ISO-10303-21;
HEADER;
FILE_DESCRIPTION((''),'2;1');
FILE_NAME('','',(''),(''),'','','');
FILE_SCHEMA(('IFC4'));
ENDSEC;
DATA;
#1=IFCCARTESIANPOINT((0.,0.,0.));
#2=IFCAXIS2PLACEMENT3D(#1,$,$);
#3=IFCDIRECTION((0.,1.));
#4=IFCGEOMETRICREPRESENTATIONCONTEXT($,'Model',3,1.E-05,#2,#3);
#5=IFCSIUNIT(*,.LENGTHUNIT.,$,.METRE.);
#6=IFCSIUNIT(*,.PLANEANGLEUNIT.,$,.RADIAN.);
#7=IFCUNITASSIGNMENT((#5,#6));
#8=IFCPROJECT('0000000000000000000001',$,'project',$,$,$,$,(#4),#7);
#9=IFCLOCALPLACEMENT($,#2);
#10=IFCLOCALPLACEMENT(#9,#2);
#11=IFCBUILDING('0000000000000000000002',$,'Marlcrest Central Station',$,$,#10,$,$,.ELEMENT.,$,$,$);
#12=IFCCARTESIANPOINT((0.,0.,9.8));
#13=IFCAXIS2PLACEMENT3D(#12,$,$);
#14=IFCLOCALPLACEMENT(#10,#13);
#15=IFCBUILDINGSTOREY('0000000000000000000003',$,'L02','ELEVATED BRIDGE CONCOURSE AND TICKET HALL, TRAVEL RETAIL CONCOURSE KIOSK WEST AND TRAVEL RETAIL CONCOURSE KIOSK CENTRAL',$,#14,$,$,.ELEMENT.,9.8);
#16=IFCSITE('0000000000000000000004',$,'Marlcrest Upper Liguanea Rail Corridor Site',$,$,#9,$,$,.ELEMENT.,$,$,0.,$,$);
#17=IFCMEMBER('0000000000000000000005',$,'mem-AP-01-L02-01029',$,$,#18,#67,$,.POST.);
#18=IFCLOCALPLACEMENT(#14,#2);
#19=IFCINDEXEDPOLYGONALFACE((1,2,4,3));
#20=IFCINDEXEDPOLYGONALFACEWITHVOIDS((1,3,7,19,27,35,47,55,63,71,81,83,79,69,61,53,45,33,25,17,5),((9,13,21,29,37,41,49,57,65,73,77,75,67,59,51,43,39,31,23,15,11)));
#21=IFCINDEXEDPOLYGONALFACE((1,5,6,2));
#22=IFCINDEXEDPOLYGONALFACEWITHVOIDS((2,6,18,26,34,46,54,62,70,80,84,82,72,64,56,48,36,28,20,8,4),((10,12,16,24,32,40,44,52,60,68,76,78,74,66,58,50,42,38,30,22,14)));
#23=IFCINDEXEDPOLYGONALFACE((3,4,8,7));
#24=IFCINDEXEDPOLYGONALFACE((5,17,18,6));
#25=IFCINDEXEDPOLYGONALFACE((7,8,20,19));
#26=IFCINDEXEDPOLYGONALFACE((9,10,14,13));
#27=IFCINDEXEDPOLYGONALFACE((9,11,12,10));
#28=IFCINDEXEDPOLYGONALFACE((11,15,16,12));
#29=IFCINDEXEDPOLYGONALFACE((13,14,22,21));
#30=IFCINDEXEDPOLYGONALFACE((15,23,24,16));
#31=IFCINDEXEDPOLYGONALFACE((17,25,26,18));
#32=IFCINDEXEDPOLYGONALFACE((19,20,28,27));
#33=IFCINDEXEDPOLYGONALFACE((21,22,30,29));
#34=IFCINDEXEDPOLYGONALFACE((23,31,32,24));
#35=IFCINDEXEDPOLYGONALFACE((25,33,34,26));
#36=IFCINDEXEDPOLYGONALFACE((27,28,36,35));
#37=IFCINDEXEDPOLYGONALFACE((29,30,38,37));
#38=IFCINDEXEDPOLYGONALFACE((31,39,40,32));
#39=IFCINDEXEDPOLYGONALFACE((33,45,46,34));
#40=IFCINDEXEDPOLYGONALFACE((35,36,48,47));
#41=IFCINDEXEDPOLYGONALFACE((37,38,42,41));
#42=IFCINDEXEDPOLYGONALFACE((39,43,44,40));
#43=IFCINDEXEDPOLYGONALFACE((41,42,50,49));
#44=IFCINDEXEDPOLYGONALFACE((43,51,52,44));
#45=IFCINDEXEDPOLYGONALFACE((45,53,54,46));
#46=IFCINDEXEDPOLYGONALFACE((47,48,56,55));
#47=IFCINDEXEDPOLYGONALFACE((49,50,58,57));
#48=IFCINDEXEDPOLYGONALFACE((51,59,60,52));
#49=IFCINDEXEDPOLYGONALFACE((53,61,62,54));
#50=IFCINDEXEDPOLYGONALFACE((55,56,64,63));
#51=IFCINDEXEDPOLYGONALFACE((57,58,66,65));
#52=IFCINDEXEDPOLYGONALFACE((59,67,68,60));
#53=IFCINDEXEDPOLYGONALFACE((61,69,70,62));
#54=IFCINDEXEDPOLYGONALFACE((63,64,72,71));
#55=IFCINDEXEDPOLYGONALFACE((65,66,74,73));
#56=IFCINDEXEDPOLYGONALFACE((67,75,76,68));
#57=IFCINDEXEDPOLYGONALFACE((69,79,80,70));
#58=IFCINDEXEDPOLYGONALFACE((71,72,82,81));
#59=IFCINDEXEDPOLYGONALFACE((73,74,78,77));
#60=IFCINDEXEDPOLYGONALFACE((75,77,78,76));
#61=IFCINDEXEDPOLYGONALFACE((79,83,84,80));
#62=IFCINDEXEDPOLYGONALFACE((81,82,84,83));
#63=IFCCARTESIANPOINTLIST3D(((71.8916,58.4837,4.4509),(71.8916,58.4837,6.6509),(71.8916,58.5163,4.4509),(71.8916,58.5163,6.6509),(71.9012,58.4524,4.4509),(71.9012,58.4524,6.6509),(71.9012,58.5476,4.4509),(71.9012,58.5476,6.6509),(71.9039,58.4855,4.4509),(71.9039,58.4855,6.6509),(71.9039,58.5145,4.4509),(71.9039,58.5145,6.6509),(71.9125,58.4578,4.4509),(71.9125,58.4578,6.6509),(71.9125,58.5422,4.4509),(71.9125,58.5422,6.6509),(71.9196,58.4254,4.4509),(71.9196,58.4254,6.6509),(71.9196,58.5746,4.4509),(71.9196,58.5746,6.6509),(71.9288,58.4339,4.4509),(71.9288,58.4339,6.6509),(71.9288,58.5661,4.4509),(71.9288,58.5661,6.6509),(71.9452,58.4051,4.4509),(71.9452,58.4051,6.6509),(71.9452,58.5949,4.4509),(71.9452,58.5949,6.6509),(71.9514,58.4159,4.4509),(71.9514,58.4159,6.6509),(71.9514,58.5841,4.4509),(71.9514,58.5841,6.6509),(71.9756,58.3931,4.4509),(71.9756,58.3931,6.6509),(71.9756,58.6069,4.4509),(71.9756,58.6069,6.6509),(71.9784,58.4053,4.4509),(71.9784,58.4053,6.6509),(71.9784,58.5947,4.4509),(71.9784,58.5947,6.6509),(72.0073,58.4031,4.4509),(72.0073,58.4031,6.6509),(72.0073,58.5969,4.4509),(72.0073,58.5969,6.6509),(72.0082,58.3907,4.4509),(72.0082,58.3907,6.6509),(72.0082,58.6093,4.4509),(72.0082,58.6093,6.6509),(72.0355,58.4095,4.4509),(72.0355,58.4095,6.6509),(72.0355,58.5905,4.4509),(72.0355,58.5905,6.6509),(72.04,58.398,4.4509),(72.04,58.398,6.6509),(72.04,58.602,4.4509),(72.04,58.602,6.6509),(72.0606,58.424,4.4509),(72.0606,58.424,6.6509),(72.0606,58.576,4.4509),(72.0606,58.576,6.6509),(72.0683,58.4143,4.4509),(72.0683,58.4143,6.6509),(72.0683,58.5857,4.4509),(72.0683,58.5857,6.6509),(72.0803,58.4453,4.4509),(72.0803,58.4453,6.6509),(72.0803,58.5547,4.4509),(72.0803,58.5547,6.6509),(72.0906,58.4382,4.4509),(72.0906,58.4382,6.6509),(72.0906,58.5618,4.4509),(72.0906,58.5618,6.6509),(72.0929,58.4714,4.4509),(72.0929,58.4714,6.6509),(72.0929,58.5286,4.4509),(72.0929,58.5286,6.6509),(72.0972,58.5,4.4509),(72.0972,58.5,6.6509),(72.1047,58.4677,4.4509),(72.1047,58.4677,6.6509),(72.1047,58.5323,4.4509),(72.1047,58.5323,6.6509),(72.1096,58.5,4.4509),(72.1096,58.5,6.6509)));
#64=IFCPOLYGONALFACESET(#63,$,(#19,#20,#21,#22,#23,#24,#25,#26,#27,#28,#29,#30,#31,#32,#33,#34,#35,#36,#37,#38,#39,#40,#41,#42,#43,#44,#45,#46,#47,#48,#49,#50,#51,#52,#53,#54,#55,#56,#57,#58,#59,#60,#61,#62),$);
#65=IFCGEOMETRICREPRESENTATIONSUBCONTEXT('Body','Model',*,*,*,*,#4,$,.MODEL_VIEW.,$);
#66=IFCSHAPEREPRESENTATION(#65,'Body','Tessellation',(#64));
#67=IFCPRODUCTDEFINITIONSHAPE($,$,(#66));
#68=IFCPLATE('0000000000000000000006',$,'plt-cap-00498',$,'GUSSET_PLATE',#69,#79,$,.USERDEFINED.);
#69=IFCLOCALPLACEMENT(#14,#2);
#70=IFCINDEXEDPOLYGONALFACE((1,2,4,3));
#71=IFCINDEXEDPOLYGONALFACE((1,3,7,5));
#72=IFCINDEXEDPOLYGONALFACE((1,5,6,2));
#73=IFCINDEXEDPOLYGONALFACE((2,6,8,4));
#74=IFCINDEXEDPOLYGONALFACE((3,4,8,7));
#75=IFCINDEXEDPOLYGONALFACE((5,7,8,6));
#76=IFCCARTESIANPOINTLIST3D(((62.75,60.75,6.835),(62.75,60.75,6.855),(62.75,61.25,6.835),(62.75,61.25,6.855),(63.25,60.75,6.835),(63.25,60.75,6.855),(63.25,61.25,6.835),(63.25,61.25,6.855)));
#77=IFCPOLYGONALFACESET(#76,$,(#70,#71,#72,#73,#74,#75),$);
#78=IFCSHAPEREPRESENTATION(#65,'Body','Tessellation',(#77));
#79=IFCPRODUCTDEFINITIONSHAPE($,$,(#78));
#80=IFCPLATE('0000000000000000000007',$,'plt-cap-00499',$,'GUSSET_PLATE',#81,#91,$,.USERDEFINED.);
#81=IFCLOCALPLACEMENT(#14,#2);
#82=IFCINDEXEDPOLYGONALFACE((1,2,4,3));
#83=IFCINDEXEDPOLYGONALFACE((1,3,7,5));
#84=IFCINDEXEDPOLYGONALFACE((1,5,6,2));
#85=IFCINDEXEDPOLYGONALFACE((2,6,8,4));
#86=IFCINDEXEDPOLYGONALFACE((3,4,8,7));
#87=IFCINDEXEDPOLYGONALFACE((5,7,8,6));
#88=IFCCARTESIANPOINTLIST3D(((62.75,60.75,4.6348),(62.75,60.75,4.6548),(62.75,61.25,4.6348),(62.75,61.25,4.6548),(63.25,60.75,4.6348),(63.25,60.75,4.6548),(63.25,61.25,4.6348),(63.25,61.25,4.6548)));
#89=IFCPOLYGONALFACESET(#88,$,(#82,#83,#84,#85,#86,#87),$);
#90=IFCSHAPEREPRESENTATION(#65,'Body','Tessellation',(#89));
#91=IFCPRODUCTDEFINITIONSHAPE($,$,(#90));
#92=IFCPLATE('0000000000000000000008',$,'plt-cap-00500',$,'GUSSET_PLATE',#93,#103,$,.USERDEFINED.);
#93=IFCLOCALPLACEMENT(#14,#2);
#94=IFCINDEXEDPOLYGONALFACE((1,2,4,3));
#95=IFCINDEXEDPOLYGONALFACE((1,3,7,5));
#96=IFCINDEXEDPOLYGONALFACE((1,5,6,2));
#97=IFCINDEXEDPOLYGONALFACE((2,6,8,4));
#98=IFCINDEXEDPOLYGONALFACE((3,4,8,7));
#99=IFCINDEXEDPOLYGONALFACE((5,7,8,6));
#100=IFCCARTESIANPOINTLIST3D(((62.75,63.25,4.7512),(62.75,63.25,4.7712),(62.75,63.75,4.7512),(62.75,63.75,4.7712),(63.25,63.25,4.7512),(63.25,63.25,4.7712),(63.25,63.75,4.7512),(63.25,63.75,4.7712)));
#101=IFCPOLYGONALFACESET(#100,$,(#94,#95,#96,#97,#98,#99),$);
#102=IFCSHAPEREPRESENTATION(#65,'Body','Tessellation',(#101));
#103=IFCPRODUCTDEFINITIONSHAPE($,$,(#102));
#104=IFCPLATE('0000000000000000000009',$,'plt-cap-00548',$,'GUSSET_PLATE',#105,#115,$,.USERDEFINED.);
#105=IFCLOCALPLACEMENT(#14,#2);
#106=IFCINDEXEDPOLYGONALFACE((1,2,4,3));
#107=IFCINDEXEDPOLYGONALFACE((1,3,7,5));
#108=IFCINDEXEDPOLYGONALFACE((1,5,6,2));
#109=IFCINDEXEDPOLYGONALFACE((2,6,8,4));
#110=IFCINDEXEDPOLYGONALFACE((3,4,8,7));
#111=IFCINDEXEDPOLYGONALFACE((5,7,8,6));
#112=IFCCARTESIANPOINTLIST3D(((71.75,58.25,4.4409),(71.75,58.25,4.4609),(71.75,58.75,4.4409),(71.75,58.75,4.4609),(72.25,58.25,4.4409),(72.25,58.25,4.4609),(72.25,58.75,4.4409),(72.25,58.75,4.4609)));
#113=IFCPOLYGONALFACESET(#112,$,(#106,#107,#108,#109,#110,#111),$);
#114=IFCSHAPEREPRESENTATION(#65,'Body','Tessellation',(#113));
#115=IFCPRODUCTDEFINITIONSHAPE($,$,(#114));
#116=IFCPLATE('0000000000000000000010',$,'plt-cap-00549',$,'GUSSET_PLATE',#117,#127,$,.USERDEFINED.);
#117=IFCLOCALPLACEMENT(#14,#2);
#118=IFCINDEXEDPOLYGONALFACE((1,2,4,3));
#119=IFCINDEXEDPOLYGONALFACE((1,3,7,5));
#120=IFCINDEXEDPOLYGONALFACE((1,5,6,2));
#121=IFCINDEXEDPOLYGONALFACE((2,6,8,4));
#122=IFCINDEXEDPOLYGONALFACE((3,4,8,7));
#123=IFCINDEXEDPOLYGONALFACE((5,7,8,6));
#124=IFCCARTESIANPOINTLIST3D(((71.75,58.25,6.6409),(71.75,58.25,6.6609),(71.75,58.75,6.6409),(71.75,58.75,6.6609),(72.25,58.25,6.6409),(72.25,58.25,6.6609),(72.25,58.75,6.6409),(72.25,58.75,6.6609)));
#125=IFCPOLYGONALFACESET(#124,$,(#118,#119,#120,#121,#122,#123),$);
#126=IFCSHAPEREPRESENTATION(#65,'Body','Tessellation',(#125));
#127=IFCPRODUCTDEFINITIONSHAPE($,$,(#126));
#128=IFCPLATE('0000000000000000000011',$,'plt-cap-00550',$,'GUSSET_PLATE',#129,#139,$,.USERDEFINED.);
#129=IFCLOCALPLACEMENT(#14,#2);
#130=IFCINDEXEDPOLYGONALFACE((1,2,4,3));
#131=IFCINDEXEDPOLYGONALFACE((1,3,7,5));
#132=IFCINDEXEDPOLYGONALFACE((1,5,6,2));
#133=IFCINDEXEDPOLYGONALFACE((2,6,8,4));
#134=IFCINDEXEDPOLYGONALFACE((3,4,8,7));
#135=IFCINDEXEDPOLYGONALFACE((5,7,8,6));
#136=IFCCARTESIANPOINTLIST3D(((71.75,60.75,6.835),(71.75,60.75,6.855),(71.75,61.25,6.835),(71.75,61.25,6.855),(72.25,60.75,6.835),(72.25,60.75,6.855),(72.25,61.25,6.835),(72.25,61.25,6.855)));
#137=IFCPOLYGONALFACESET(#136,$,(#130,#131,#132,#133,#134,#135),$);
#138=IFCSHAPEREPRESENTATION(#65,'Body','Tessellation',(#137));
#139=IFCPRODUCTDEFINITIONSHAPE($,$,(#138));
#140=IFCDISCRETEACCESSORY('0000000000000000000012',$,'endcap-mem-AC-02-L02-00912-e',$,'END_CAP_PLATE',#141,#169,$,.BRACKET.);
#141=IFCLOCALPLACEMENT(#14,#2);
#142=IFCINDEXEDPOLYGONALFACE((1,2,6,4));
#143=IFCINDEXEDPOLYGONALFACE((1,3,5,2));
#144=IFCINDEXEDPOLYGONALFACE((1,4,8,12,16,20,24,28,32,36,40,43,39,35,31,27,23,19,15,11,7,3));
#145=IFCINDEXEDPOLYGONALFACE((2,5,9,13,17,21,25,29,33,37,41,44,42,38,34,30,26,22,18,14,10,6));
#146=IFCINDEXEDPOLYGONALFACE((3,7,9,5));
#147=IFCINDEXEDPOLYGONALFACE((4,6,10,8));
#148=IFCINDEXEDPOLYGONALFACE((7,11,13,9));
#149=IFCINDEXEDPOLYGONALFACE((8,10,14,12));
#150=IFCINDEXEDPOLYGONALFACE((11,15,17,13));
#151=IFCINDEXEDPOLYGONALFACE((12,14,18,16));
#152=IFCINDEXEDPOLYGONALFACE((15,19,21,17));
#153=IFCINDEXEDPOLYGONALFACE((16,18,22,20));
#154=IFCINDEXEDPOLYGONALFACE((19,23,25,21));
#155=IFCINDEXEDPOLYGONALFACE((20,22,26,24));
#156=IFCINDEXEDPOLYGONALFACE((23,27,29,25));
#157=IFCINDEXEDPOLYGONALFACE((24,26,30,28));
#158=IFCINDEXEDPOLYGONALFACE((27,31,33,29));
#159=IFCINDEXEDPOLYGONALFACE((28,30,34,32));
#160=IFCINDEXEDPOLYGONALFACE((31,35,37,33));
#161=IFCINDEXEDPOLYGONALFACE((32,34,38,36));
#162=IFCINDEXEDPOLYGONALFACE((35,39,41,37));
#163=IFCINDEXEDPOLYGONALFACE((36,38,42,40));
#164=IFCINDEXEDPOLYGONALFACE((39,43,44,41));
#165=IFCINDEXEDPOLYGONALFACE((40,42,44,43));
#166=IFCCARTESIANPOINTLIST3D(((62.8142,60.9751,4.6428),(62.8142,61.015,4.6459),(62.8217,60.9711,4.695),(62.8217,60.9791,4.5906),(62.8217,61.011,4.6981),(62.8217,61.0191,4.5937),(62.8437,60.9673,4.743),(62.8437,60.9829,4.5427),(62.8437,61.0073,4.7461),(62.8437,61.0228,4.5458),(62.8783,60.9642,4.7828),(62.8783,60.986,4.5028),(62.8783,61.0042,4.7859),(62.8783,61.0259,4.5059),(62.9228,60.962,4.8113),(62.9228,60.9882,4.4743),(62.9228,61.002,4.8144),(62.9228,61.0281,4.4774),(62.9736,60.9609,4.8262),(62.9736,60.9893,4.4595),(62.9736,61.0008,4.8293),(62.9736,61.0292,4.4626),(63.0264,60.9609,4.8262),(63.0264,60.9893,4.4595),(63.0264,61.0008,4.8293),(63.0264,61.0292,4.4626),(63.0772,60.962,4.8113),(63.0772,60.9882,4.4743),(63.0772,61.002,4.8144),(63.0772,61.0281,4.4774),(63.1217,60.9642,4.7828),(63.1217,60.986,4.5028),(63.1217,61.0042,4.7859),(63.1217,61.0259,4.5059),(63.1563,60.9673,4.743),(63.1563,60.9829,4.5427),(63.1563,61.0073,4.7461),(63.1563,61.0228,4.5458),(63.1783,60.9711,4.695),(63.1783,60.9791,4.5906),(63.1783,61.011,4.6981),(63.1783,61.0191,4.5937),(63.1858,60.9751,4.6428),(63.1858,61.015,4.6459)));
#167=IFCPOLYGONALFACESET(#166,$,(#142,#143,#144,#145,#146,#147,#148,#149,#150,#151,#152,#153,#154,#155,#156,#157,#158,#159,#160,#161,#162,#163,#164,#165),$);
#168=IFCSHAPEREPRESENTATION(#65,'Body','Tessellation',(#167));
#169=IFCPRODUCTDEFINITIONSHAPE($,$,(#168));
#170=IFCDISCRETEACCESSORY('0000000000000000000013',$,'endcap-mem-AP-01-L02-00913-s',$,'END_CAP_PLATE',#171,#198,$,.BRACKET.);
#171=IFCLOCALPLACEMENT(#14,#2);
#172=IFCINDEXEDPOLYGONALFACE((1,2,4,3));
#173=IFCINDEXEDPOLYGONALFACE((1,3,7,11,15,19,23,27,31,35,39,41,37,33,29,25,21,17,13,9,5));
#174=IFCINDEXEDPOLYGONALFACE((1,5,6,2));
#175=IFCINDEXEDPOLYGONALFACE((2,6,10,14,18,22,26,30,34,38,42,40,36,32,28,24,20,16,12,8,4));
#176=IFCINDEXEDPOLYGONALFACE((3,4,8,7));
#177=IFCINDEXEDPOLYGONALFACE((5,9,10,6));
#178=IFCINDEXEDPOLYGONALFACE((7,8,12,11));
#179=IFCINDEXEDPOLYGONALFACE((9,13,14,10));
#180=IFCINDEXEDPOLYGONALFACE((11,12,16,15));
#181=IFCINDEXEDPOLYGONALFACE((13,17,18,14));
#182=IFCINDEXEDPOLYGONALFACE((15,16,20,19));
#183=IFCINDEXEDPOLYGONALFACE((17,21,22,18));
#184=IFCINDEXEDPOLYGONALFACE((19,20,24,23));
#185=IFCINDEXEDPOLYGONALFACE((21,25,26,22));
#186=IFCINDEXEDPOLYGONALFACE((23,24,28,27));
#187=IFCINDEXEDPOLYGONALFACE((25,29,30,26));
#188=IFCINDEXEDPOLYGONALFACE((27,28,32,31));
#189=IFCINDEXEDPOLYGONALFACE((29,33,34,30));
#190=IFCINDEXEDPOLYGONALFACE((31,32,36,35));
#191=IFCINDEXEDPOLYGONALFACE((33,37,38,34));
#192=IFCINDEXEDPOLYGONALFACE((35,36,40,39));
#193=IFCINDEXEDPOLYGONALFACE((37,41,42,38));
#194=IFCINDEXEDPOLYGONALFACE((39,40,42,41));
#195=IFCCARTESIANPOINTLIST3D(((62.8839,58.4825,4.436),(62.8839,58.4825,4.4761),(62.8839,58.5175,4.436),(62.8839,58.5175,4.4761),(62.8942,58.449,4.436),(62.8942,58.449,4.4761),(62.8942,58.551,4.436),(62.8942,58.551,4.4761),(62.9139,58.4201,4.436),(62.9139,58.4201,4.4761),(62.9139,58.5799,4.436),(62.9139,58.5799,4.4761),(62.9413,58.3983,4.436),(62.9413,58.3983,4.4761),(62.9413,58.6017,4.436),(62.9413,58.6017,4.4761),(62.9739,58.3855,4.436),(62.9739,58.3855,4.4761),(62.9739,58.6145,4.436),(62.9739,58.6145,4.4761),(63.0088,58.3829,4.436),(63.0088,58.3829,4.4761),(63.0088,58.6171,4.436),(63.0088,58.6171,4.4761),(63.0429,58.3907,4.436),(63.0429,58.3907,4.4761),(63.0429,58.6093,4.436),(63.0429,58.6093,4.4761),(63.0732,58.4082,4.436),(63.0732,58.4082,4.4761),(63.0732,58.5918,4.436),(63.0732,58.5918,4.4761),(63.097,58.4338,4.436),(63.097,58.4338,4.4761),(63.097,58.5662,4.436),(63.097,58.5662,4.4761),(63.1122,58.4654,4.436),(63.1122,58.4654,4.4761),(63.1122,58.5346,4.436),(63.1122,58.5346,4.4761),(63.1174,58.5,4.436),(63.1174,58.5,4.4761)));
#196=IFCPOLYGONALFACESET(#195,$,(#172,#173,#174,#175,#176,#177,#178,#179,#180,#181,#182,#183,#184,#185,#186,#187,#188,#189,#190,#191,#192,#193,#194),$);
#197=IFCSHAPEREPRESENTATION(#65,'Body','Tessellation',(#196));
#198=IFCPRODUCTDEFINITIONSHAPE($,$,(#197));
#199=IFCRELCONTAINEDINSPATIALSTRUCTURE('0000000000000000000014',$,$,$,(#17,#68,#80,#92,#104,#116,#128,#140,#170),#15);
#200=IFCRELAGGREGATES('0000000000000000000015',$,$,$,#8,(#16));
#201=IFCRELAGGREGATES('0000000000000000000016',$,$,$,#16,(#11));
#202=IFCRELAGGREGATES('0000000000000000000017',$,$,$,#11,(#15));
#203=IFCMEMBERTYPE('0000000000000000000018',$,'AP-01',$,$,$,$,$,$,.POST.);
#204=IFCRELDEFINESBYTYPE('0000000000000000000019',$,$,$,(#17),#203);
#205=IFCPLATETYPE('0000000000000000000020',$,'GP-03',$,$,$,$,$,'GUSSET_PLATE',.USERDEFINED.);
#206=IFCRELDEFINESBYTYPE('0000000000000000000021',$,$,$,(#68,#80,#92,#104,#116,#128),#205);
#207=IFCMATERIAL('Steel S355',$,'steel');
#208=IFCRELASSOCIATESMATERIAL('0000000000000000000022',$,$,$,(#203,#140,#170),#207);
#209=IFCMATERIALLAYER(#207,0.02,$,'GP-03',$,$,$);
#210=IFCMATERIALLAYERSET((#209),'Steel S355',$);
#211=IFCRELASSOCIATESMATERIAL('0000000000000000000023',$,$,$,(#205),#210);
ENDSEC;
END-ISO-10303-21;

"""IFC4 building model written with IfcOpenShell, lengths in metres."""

from ifc_helpers import new_model, si_unit, direction, frame, origin, origin_2d, place, context, subcontext, project, spatial, rectangle, circle, hollow_circle, extrude, material, layer, layer_set, material_profile, profile_set, type_object, element, save


model = new_model("IFC4")

# Units and contexts
model_context = context("Model", 3, precision=1e-05, world=origin(), true_north=direction((0.0, 1.0)))
body_context = subcontext(model_context, "Body", "Model", "MODEL_VIEW")
ifc_project = project(units=[si_unit("LENGTHUNIT", "METRE"), si_unit("PLANEANGLEUNIT", "RADIAN")], contexts=[model_context])

# Site, building, storey
site_placement = place(None, origin())
site = spatial("IfcSite", under=ifc_project, at=site_placement, Name="Marlcrest Upper Liguanea Rail Corridor Site", CompositionType="ELEMENT", RefElevation=0.0)
building_placement = place(site_placement, origin())
building = spatial("IfcBuilding", under=site, at=building_placement, Name="Marlcrest Central Station", CompositionType="ELEMENT")
storey_placement = place(building_placement, frame((0.0, 0.0, 9.8)))
storey = spatial("IfcBuildingStorey", under=building, at=storey_placement, Name="L02", Description="ELEVATED BRIDGE CONCOURSE AND TICKET HALL, TRAVEL RETAIL CONCOURSE KIOSK WEST AND TRAVEL RETAIL CONCOURSE KIOSK CENTRAL", CompositionType="ELEMENT", Elevation=9.8)

# Member
ifc_material = material(Name="Steel S355", Category="steel")
ifc_material_profile_1 = material_profile(ifc_material, hollow_circle(Radius=0.1096, WallThickness=0.0125, at=origin_2d()), Name="CHS 219.1x12.5")
ifc_profile_set_1 = profile_set([ifc_material_profile_1], Name="Steel S355")
member_type_1 = type_object("IfcMemberType", Name="AP-01", PredefinedType="POST", material=ifc_profile_set_1)
member_1_placement = place(storey_placement, frame((72.0, 58.5, 4.4509), z_axis=(0.0, 0.0, 1.0), x_axis=(1.0, 0.0, 0.0)))
element("IfcMember", 1, at=member_1_placement, inside=storey, type_object=member_type_1, Name="mem-AP-01-L02-01029", PredefinedType="POST", context=body_context, shape_type="SweptSolid", body=[
    extrude(hollow_circle(Radius=0.1096, WallThickness=0.0125, at=origin_2d()), origin(), (0.0, 0.0, 1.0), 2.2),
])

# Plates
ifc_layer = layer(ifc_material, 0.02, Name="GP-03")
ifc_layer_set = layer_set([ifc_layer], Name="Steel S355")
plate_type = type_object("IfcPlateType", Name="GP-03", ElementType="GUSSET_PLATE", PredefinedType="USERDEFINED", material=ifc_layer_set)
for number, where, z_axis, x_axis, name in (
    (2, (63.0, 61.0, 6.835), (0.0, 0.0, 1.0), (1.0, 0.0, 0.0), "plt-cap-00498"),
    (3, (63.0, 61.0, 4.6348), (0.0, 0.0, 1.0), (1.0, 0.0, 0.0), "plt-cap-00499"),
    (4, (63.0, 63.5, 4.7512), (0.0, 0.0, 1.0), (1.0, 0.0, 0.0), "plt-cap-00500"),
    (5, (72.0, 58.5, 4.4409), (0.0, 0.0, 1.0), (1.0, 0.0, 0.0), "plt-cap-00548"),
    (6, (72.0, 58.5, 6.6409), (0.0, 0.0, 1.0), (1.0, 0.0, 0.0), "plt-cap-00549"),
    (7, (72.0, 61.0, 6.835), (0.0, 0.0, 1.0), (1.0, 0.0, 0.0), "plt-cap-00550"),
):
    element("IfcPlate", number, at=place(storey_placement, frame(where, z_axis=z_axis, x_axis=x_axis)), inside=storey, type_object=plate_type, Name=name, ObjectType="GUSSET_PLATE", PredefinedType="USERDEFINED", context=body_context, shape_type="SweptSolid", body=[
        extrude(rectangle(XDim=0.5, YDim=0.5, at=origin_2d()), origin(), (0.0, 0.0, 1.0), 0.02),
    ])

# Discrete accessories
discrete_accessory_1_placement = place(storey_placement, frame((63.0, 60.9751, 4.6428), z_axis=(0.0, 0.997007, 0.077307), x_axis=(-1.0, 0.0, 0.0)))
element("IfcDiscreteAccessory", 8, at=discrete_accessory_1_placement, inside=storey, material=ifc_material, Name="endcap-mem-AC-02-L02-00912-e", ObjectType="END_CAP_PLATE", PredefinedType="BRACKET", context=body_context, shape_type="SweptSolid", body=[
    extrude(circle(Radius=0.1858, at=origin_2d()), origin(), (0.0, 0.0, 1.0), 0.04),
])
for number, where, z_axis, x_axis, name in (
    (9, (63.0, 58.5, 4.436), (0.0, 0.0, 1.0), (1.0, 0.0, 0.0), "endcap-mem-AP-01-L02-00913-s"),
):
    element("IfcDiscreteAccessory", number, at=place(storey_placement, frame(where, z_axis=z_axis, x_axis=x_axis)), inside=storey, material=ifc_material, Name=name, ObjectType="END_CAP_PLATE", PredefinedType="BRACKET", context=body_context, shape_type="SweptSolid", body=[
        extrude(circle(Radius=0.1174, at=origin_2d()), origin(), (0.0, 0.0, 1.0), 0.04),
    ])

save(model, "model.ifc")
